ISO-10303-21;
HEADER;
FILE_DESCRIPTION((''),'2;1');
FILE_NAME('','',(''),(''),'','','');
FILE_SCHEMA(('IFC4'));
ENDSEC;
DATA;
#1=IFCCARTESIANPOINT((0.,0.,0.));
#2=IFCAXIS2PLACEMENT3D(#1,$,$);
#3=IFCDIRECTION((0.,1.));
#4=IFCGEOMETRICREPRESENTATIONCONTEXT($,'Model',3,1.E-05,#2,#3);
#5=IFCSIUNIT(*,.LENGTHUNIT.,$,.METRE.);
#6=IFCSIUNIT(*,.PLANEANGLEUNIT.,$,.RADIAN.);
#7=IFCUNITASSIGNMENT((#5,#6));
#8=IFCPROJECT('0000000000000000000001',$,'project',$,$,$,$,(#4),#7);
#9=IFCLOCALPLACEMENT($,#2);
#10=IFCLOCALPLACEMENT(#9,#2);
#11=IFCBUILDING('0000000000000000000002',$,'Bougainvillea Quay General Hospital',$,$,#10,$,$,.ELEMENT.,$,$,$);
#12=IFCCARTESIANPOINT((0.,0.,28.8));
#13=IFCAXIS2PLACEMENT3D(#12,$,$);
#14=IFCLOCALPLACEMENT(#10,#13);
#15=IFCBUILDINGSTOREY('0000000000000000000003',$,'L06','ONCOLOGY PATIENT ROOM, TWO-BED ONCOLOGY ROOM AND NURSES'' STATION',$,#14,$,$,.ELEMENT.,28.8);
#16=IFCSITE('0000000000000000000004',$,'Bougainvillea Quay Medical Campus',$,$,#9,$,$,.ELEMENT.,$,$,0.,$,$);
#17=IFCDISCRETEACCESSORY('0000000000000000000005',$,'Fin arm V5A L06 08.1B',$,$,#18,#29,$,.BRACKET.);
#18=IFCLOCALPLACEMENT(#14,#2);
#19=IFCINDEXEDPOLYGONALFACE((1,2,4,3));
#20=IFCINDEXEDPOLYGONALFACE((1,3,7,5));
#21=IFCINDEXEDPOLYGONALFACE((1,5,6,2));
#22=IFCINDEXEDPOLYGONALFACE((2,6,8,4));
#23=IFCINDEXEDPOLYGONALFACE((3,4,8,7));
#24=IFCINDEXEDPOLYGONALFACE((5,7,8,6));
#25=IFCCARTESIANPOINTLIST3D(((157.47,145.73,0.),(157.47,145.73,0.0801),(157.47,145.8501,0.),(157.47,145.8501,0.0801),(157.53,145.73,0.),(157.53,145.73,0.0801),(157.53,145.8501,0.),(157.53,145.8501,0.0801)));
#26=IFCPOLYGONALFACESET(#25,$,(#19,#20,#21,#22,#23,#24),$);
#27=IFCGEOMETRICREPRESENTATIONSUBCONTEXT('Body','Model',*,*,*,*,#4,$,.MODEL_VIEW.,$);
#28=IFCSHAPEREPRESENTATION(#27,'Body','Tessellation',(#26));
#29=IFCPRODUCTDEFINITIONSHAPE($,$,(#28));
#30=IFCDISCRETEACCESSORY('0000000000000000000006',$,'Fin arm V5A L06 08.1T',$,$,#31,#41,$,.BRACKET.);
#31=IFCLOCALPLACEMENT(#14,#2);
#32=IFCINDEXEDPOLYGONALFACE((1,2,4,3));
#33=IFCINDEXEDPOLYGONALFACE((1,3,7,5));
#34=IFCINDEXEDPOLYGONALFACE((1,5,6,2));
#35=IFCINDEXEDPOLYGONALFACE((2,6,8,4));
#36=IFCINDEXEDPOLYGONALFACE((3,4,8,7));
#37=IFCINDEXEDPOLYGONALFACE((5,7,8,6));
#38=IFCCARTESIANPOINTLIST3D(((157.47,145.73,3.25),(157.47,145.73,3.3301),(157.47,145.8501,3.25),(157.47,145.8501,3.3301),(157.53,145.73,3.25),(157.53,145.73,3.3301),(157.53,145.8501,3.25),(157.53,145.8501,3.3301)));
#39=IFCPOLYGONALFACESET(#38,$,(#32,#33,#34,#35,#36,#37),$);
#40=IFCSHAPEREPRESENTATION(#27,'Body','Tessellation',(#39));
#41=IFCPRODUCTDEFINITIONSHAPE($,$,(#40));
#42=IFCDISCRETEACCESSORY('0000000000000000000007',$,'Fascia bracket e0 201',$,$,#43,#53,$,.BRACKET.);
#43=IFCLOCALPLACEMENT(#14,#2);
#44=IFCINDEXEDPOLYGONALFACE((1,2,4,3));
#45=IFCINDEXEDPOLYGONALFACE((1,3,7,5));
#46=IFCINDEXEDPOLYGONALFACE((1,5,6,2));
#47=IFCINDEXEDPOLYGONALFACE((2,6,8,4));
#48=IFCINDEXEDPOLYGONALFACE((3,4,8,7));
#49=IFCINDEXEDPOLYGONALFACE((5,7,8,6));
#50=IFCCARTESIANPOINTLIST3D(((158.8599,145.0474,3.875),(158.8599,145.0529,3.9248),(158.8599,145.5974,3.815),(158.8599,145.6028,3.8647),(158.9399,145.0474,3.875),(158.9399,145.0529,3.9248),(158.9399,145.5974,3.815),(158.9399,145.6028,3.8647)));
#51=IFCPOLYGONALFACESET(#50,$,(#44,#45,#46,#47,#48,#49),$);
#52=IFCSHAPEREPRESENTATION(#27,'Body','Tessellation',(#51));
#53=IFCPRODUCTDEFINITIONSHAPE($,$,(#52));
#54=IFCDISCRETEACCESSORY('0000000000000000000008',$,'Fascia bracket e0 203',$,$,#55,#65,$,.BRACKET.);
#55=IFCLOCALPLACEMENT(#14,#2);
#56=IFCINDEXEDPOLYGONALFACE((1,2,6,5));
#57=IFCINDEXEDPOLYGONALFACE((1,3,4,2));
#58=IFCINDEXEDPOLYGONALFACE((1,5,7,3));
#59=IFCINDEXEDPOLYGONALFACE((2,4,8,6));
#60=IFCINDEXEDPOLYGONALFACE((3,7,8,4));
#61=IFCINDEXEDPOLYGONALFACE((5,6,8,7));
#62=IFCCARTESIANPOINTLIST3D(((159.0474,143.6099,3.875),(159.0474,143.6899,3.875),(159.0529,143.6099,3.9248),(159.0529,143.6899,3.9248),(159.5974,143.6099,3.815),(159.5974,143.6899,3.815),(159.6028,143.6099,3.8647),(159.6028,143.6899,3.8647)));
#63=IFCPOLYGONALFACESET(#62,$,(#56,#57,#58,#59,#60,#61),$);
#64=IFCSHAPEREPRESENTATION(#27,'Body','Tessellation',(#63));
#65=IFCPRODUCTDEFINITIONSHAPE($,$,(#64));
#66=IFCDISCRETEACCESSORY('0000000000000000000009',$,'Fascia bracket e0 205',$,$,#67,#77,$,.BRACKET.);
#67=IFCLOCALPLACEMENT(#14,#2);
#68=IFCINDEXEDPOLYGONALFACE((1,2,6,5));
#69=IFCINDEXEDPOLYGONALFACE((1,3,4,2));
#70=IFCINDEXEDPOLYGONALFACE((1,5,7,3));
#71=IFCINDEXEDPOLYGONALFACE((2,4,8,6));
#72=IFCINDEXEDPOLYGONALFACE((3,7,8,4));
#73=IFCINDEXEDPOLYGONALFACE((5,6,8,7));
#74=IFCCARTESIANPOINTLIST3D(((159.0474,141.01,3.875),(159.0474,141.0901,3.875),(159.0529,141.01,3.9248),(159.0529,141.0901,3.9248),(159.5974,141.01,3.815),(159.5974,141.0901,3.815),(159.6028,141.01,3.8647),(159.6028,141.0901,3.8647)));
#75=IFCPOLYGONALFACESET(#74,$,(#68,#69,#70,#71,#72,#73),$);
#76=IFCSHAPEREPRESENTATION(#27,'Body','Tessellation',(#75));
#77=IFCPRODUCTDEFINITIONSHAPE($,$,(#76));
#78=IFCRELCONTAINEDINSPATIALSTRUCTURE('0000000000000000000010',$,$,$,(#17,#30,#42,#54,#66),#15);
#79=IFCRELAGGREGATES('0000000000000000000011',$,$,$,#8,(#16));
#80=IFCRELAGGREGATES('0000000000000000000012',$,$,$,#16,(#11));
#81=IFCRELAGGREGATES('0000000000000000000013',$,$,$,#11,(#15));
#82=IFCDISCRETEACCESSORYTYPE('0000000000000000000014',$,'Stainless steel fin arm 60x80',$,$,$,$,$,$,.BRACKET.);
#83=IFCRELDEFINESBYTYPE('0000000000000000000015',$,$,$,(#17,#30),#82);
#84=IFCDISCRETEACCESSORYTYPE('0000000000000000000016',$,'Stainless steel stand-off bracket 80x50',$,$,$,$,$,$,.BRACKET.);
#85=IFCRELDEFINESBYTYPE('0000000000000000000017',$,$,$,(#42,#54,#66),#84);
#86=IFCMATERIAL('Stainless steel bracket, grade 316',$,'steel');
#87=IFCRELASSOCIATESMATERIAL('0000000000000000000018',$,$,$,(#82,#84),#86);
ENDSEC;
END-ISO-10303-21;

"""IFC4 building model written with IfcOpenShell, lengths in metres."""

from ifc_helpers import new_model, si_unit, direction, frame, origin, origin_2d, place, context, subcontext, project, spatial, rectangle, extrude, material, material_profile, profile_set, type_object, element, save


model = new_model("IFC4")

# Units and contexts
model_context = context("Model", 3, precision=1e-05, world=origin(), true_north=direction((0.0, 1.0)))
body_context = subcontext(model_context, "Body", "Model", "MODEL_VIEW")
ifc_project = project(units=[si_unit("LENGTHUNIT", "METRE"), si_unit("PLANEANGLEUNIT", "RADIAN")], contexts=[model_context])

# Site, building, storey
site_placement = place(None, origin())
site = spatial("IfcSite", under=ifc_project, at=site_placement, Name="Bougainvillea Quay Medical Campus", CompositionType="ELEMENT", RefElevation=0.0)
building_placement = place(site_placement, origin())
building = spatial("IfcBuilding", under=site, at=building_placement, Name="Bougainvillea Quay General Hospital", CompositionType="ELEMENT")
storey_placement = place(building_placement, frame((0.0, 0.0, 28.8)))
storey = spatial("IfcBuildingStorey", under=building, at=storey_placement, Name="L06", Description="ONCOLOGY PATIENT ROOM, TWO-BED ONCOLOGY ROOM AND NURSES' STATION", CompositionType="ELEMENT", Elevation=28.8)

# Discrete accessories
ifc_material_1 = material(Name="Stainless steel bracket, grade 316", Category="steel")
discrete_accessory_type_1 = type_object("IfcDiscreteAccessoryType", Name="Stainless steel fin arm 60x80", PredefinedType="BRACKET", material=ifc_material_1)
for number, where, z_axis, x_axis, name in (
    (1, (157.5, 145.79, 0.0), (0.0, 0.0, 1.0), (0.0, -1.0, 0.0), "Fin arm V5A L06 08.1B"),
    (2, (157.5, 145.79, 3.25), (0.0, 0.0, 1.0), (0.0, -1.0, 0.0), "Fin arm V5A L06 08.1T"),
):
    element("IfcDiscreteAccessory", number, at=place(storey_placement, frame(where, z_axis=z_axis, x_axis=x_axis)), inside=storey, type_object=discrete_accessory_type_1, Name=name, PredefinedType="BRACKET", context=body_context, shape_type="SweptSolid", body=[
        extrude(rectangle(XDim=0.1201, YDim=0.0601, at=origin_2d()), origin(), (0.0, 0.0, 1.0), 0.0801),
    ])
ifc_material_profile_1 = material_profile(ifc_material_1, rectangle(XDim=0.0801, YDim=0.05, at=origin_2d()))
ifc_profile_set_1 = profile_set([ifc_material_profile_1], Name="Stainless steel bracket, grade 316")
discrete_accessory_type_2 = type_object("IfcDiscreteAccessoryType", Name="Stainless steel stand-off bracket 80x50", PredefinedType="BRACKET", material=ifc_profile_set_1)
for number, where, z_axis, x_axis, name in (
    (3, (158.8999, 145.6001, 3.8398), (0.0, -0.994092, 0.108543), (1.0, 0.0, 0.0), "Fascia bracket e0 201"),
    (4, (159.6001, 143.6499, 3.8398), (-0.994092, 0.0, 0.108543), (0.0, -1.0, 0.0), "Fascia bracket e0 203"),
    (5, (159.6001, 141.05, 3.8398), (-0.994092, 0.0, 0.108543), (0.0, -1.0, 0.0), "Fascia bracket e0 205"),
):
    element("IfcDiscreteAccessory", number, at=place(storey_placement, frame(where, z_axis=z_axis, x_axis=x_axis)), inside=storey, type_object=discrete_accessory_type_2, Name=name, PredefinedType="BRACKET", context=body_context, shape_type="SweptSolid", body=[
        extrude(rectangle(XDim=0.0801, YDim=0.05, at=origin_2d()), origin(), (0.0, 0.0, 1.0), 0.5532),
    ])

save(model, "model.ifc")
